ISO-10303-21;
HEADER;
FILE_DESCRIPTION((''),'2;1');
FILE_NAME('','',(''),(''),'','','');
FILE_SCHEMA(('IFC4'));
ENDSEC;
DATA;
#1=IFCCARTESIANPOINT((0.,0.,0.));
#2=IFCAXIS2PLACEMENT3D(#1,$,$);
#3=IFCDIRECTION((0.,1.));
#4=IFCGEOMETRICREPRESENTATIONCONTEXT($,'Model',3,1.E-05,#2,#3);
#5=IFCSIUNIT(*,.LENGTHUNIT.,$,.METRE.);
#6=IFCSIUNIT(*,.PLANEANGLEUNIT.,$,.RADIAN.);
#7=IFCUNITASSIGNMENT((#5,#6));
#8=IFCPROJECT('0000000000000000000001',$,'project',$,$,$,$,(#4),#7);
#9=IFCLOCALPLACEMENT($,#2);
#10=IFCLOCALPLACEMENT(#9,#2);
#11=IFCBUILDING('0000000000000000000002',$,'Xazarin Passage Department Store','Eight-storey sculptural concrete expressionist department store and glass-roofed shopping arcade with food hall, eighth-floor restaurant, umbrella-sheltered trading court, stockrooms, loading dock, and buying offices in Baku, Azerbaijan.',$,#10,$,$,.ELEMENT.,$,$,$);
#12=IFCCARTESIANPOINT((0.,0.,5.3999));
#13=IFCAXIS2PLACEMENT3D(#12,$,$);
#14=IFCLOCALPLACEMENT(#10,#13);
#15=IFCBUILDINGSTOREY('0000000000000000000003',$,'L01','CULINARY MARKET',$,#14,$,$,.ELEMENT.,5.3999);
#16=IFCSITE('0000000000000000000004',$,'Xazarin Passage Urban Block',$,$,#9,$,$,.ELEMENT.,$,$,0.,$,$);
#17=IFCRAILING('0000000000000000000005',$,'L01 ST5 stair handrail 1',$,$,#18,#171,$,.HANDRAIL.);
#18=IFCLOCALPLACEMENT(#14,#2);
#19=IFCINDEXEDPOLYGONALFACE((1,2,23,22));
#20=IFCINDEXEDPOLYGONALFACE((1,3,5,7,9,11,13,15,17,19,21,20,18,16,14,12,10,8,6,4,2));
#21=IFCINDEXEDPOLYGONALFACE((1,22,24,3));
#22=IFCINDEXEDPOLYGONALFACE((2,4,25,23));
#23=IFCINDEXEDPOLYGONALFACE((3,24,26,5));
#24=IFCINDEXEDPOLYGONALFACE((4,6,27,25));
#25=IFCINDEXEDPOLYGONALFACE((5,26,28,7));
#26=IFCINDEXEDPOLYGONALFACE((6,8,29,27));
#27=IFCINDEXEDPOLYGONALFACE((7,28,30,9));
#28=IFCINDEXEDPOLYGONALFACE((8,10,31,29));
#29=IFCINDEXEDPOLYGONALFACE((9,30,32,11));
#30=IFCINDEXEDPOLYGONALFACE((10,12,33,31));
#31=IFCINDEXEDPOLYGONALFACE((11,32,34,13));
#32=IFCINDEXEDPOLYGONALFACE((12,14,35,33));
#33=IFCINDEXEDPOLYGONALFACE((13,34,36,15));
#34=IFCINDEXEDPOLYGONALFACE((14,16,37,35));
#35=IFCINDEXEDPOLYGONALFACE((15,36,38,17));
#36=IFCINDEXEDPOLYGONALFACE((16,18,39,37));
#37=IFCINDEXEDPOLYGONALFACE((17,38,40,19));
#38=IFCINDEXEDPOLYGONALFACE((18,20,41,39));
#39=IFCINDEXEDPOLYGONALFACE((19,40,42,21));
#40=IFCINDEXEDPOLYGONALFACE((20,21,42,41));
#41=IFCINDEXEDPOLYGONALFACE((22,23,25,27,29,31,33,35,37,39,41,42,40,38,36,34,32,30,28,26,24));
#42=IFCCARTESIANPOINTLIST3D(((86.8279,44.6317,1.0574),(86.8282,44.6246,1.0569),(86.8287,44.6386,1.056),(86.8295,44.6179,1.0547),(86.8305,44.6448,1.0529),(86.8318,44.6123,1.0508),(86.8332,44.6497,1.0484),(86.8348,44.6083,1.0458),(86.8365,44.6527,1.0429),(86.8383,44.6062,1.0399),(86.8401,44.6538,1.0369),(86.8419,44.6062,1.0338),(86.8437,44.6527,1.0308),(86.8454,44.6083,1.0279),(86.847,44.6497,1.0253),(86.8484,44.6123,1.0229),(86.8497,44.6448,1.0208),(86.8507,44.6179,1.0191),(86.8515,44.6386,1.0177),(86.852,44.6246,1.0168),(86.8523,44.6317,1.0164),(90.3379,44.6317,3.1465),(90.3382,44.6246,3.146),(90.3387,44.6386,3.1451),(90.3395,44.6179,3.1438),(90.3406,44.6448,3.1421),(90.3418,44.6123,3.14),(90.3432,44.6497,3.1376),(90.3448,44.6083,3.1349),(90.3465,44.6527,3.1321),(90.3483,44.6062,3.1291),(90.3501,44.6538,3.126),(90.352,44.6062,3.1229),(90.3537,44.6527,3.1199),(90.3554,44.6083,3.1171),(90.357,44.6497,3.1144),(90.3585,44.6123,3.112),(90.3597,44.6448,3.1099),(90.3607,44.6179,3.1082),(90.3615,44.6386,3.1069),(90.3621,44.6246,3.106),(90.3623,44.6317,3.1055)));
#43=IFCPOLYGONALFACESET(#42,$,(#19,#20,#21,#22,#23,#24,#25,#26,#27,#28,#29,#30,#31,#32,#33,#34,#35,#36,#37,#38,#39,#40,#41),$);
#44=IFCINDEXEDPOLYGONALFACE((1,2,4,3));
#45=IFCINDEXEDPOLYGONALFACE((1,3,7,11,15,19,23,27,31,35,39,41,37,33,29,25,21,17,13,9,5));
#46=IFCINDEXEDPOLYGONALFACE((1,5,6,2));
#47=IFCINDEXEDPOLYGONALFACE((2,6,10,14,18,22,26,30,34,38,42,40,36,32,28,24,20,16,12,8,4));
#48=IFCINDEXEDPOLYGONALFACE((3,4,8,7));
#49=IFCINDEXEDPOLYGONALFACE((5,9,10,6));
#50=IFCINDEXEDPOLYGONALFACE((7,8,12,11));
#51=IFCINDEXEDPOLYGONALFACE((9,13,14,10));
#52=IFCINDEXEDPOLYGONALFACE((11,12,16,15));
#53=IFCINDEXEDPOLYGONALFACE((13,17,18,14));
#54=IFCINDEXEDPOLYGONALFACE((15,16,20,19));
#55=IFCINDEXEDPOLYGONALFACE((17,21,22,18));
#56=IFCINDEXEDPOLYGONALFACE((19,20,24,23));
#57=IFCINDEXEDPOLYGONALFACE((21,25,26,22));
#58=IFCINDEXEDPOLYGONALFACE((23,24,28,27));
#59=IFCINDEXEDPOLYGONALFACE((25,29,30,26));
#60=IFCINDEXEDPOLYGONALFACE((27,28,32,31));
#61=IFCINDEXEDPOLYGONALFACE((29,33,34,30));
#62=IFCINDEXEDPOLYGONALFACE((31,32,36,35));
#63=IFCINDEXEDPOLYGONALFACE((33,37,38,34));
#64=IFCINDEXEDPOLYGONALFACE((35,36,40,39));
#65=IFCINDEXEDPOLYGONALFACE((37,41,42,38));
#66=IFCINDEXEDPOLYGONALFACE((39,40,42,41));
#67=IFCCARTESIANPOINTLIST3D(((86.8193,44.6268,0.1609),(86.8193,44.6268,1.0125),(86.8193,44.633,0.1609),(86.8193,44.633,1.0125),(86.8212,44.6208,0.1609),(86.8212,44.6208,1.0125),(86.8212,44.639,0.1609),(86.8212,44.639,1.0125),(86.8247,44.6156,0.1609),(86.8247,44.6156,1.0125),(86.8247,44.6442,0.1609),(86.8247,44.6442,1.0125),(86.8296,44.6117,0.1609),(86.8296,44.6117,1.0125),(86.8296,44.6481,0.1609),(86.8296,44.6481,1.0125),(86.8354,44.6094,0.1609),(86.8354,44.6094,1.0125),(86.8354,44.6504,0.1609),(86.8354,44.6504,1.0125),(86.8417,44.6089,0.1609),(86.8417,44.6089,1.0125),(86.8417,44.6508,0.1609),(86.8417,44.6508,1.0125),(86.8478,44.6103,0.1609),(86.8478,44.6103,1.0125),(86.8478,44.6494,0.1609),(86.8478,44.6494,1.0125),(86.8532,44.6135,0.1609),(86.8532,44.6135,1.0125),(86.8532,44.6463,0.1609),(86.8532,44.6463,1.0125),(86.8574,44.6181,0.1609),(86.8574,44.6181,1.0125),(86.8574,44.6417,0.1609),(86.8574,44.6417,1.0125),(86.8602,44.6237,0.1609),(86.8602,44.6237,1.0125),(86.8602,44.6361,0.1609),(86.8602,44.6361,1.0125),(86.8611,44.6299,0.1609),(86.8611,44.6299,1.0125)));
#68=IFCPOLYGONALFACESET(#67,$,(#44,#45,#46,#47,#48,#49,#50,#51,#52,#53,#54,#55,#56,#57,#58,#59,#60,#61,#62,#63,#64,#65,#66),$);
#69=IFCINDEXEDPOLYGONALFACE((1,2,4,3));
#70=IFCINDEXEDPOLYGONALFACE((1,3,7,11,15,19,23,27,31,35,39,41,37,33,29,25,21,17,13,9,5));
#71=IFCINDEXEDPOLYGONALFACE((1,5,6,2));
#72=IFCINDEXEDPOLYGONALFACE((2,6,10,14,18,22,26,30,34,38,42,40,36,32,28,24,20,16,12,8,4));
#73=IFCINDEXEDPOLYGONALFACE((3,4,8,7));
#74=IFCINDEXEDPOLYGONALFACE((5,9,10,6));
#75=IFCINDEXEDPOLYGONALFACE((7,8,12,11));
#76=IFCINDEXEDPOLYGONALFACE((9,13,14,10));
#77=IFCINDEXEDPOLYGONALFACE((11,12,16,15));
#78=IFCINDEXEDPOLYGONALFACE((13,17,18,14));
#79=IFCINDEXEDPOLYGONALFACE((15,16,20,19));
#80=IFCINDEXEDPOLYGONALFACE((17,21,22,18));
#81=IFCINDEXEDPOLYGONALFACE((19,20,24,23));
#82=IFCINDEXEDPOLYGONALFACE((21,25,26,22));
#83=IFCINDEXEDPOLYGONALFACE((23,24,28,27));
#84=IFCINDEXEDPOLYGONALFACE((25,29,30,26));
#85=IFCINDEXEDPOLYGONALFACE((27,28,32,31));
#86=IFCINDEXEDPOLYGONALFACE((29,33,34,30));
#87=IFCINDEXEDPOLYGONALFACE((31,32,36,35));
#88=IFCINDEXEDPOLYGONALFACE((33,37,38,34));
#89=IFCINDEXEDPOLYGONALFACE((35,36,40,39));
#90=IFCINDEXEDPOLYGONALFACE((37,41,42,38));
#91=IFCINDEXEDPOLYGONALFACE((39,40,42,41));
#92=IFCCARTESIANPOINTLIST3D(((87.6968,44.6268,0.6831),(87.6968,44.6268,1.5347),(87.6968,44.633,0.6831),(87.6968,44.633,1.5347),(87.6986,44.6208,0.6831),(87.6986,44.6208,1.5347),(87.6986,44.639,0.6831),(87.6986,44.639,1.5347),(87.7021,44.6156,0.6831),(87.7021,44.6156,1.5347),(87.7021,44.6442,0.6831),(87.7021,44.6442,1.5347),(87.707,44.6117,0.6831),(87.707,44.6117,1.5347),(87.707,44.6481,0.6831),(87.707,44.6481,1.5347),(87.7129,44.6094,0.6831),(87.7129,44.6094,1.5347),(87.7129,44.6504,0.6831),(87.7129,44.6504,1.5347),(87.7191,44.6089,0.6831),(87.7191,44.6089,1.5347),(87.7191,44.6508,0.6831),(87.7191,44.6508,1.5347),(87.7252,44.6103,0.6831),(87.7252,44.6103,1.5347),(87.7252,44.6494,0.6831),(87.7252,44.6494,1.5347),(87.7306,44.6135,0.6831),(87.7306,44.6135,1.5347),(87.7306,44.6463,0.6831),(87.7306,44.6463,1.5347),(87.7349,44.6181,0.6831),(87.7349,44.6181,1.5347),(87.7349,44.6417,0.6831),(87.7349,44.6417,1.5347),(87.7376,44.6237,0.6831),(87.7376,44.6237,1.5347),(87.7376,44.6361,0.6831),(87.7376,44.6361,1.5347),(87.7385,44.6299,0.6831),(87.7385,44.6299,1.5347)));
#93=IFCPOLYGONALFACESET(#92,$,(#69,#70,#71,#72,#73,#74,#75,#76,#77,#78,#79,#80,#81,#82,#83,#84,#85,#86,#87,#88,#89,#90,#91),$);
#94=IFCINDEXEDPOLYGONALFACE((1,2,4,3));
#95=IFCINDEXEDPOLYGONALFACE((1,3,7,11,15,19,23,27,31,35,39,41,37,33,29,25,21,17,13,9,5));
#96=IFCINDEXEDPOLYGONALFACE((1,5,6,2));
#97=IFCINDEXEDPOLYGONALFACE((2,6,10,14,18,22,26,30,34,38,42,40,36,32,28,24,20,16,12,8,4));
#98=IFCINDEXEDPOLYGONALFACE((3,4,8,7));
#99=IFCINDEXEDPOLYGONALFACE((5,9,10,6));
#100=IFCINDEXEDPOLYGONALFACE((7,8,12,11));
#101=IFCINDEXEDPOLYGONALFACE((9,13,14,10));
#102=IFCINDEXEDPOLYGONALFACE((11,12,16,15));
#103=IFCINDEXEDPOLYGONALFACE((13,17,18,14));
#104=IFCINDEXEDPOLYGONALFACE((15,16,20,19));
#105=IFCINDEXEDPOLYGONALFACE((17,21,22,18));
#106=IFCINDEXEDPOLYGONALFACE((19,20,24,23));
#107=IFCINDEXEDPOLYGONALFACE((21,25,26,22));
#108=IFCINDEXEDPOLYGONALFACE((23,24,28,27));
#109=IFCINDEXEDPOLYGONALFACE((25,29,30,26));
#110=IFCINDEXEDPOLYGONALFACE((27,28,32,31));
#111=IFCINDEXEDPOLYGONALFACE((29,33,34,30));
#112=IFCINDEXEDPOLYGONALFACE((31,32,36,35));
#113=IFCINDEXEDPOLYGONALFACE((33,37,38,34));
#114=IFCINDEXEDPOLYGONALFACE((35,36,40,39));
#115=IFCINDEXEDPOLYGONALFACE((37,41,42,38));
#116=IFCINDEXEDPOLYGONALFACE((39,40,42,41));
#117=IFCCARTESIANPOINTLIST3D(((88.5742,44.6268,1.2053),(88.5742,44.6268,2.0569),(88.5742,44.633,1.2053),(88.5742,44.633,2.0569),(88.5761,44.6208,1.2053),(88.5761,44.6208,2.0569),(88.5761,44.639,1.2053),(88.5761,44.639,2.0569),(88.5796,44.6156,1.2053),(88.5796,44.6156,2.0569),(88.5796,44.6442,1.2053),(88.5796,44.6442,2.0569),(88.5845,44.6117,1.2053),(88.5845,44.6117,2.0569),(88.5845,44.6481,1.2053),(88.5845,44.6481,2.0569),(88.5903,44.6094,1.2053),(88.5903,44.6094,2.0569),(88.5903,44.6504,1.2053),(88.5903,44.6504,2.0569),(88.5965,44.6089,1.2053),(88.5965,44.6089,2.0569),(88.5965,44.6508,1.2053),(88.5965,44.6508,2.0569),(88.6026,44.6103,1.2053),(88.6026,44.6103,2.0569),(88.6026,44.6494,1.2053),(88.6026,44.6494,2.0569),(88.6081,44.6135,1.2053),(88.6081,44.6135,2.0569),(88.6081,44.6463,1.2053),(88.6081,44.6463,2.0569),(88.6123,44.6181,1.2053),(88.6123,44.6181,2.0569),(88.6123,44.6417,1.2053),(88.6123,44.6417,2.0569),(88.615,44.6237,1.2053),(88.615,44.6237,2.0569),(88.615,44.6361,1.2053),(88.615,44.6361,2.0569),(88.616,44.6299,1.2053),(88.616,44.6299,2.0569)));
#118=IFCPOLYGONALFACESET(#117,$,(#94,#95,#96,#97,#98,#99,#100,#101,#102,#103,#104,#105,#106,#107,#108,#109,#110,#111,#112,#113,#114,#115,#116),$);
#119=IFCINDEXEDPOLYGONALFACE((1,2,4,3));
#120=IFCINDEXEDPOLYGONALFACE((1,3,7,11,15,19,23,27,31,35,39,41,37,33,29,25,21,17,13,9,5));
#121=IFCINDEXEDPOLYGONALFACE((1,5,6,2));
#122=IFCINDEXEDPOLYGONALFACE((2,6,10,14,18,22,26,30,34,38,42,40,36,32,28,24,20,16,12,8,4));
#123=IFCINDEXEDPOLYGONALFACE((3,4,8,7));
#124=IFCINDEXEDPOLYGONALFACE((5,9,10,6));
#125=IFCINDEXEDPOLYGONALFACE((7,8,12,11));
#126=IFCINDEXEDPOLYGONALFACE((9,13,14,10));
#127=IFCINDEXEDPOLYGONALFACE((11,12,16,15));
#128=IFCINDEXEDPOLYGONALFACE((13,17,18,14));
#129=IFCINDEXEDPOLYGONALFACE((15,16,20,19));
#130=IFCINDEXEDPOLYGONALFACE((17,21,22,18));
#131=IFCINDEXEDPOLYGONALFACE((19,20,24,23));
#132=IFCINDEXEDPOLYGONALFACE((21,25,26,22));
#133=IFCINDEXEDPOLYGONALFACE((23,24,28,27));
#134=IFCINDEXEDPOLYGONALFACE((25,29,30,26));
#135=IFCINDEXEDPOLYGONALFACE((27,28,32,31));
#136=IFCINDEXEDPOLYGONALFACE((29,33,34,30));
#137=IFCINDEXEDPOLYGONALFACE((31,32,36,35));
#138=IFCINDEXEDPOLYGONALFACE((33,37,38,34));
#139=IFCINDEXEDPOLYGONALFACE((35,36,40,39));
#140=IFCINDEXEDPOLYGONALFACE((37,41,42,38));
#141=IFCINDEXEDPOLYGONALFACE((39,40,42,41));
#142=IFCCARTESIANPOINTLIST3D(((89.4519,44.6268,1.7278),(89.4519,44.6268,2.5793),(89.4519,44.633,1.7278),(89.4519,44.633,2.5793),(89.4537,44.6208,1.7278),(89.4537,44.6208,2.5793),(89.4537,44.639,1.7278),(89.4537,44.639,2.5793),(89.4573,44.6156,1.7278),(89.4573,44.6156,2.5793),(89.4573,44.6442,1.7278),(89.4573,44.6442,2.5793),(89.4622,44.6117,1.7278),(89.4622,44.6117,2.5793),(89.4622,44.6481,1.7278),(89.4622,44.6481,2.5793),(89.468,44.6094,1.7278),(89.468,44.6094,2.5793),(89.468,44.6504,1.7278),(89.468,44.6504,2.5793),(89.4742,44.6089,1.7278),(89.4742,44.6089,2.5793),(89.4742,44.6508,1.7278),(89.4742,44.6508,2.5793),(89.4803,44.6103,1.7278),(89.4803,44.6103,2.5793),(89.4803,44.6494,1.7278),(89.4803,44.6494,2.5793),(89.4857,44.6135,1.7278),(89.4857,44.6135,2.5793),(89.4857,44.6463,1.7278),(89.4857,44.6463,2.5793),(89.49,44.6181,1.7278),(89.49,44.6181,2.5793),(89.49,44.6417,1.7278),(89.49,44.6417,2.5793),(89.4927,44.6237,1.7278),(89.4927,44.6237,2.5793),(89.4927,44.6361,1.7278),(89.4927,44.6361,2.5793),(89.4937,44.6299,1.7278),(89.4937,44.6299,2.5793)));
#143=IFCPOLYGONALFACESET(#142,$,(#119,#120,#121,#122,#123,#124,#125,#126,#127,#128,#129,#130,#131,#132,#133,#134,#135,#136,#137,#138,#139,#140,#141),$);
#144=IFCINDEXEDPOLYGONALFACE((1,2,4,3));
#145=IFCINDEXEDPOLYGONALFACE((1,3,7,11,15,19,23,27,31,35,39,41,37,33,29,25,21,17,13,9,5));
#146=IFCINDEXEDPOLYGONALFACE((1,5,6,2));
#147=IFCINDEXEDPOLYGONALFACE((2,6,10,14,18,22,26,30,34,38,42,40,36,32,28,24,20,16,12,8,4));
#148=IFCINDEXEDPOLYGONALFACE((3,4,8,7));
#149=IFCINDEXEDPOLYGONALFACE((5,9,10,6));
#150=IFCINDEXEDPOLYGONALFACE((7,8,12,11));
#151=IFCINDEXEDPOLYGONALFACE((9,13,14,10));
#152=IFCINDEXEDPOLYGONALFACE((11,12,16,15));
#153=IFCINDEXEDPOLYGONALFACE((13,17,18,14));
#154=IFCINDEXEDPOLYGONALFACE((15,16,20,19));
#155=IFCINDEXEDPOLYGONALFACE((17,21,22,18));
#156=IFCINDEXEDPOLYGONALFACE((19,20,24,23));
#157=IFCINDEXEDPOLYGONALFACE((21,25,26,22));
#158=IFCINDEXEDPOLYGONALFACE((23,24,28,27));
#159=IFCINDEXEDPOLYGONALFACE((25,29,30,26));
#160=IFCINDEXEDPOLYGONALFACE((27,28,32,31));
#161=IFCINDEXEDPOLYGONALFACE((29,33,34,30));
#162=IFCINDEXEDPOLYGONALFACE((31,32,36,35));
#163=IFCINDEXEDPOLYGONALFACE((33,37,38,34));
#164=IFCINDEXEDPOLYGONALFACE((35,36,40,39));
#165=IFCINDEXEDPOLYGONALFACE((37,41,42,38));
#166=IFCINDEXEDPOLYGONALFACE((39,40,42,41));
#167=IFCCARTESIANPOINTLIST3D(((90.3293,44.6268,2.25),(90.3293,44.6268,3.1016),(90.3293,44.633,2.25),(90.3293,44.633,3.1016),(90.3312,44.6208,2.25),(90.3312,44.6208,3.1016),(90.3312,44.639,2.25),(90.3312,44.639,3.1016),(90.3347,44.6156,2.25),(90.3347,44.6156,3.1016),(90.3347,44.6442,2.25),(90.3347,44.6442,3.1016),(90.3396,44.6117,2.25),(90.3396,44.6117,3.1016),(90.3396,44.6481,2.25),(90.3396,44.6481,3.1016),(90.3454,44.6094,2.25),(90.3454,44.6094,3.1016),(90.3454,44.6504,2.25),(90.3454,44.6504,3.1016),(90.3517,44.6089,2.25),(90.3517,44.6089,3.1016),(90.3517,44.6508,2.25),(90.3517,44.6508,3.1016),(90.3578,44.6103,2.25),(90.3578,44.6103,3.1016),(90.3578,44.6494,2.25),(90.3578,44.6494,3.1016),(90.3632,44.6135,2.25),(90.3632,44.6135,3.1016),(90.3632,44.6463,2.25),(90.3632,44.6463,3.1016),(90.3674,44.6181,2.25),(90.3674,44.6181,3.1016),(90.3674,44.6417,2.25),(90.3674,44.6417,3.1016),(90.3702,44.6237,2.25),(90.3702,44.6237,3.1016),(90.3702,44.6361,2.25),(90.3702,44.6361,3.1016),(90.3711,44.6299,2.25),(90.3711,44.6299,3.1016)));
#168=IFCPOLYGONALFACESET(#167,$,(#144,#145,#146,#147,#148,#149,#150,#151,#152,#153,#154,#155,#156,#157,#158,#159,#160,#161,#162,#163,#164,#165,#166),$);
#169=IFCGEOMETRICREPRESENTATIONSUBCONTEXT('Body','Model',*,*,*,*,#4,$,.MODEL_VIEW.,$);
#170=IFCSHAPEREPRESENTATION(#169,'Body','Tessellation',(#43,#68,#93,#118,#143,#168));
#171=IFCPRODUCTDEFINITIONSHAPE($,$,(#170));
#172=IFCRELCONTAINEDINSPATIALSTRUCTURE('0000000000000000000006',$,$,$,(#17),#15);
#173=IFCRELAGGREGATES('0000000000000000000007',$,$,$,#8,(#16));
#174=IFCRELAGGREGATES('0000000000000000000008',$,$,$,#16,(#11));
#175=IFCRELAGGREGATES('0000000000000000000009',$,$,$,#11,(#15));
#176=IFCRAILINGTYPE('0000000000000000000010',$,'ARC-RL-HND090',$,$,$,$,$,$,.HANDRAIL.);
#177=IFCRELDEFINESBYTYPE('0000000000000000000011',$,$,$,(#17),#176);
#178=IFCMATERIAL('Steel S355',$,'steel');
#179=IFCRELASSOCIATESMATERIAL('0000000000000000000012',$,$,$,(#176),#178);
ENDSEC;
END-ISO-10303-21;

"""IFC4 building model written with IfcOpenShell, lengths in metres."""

from ifc_helpers import new_model, si_unit, direction, frame, origin, origin_2d, place, context, subcontext, project, spatial, circle, extrude, material, type_object, element, save


model = new_model("IFC4")

# Units and contexts
model_context = context("Model", 3, precision=1e-05, world=origin(), true_north=direction((0.0, 1.0)))
body_context = subcontext(model_context, "Body", "Model", "MODEL_VIEW")
ifc_project = project(units=[si_unit("LENGTHUNIT", "METRE"), si_unit("PLANEANGLEUNIT", "RADIAN")], contexts=[model_context])

# Site, building, storey
site_placement = place(None, origin())
site = spatial("IfcSite", under=ifc_project, at=site_placement, Name="Xazarin Passage Urban Block", CompositionType="ELEMENT", RefElevation=0.0)
building_placement = place(site_placement, origin())
building = spatial("IfcBuilding", under=site, at=building_placement, Name="Xazarin Passage Department Store", Description="Eight-storey sculptural concrete expressionist department store and glass-roofed shopping arcade with food hall, eighth-floor restaurant, umbrella-sheltered trading court, stockrooms, loading dock, and buying offices in Baku, Azerbaijan.", CompositionType="ELEMENT")
storey_placement = place(building_placement, frame((0.0, 0.0, 5.3999)))
storey = spatial("IfcBuildingStorey", under=building, at=storey_placement, Name="L01", Description="CULINARY MARKET", CompositionType="ELEMENT", Elevation=5.3999)

# Shared definitions
ifc_material_1 = material(Name="Steel S355", Category="steel")

# Railing
railing_type_1 = type_object("IfcRailingType", Name="ARC-RL-HND090", PredefinedType="HANDRAIL", material=ifc_material_1)
railing_1_placement = place(storey_placement, frame((86.8401, 44.6299, 0.1609)))
element("IfcRailing", 1, at=railing_1_placement, inside=storey, type_object=railing_type_1, Name="L01 ST5 stair handrail 1", PredefinedType="HANDRAIL", context=body_context, shape_type="SweptSolid", body=[
    extrude(circle(Radius=0.0239, at=origin_2d()), frame((0.0, 0.0, 0.876), z_axis=(0.859312, 0.0, 0.511451), x_axis=(0.0, 1.0, 0.0)), (0.0, 0.0, 1.0), 4.0847),
    extrude(circle(Radius=0.021, at=origin_2d()), origin(), (0.0, 0.0, 1.0), 0.8516),
    extrude(circle(Radius=0.021, at=origin_2d()), frame((0.8774, 0.0, 0.5222)), (0.0, 0.0, 1.0), 0.8516),
    extrude(circle(Radius=0.021, at=origin_2d()), frame((1.7549, 0.0, 1.0444)), (0.0, 0.0, 1.0), 0.8516),
    extrude(circle(Radius=0.021, at=origin_2d()), frame((2.6326, 0.0, 1.5669)), (0.0, 0.0, 1.0), 0.8516),
    extrude(circle(Radius=0.021, at=origin_2d()), frame((3.51, 0.0, 2.0891)), (0.0, 0.0, 1.0), 0.8516),
])

save(model, "model.ifc")
